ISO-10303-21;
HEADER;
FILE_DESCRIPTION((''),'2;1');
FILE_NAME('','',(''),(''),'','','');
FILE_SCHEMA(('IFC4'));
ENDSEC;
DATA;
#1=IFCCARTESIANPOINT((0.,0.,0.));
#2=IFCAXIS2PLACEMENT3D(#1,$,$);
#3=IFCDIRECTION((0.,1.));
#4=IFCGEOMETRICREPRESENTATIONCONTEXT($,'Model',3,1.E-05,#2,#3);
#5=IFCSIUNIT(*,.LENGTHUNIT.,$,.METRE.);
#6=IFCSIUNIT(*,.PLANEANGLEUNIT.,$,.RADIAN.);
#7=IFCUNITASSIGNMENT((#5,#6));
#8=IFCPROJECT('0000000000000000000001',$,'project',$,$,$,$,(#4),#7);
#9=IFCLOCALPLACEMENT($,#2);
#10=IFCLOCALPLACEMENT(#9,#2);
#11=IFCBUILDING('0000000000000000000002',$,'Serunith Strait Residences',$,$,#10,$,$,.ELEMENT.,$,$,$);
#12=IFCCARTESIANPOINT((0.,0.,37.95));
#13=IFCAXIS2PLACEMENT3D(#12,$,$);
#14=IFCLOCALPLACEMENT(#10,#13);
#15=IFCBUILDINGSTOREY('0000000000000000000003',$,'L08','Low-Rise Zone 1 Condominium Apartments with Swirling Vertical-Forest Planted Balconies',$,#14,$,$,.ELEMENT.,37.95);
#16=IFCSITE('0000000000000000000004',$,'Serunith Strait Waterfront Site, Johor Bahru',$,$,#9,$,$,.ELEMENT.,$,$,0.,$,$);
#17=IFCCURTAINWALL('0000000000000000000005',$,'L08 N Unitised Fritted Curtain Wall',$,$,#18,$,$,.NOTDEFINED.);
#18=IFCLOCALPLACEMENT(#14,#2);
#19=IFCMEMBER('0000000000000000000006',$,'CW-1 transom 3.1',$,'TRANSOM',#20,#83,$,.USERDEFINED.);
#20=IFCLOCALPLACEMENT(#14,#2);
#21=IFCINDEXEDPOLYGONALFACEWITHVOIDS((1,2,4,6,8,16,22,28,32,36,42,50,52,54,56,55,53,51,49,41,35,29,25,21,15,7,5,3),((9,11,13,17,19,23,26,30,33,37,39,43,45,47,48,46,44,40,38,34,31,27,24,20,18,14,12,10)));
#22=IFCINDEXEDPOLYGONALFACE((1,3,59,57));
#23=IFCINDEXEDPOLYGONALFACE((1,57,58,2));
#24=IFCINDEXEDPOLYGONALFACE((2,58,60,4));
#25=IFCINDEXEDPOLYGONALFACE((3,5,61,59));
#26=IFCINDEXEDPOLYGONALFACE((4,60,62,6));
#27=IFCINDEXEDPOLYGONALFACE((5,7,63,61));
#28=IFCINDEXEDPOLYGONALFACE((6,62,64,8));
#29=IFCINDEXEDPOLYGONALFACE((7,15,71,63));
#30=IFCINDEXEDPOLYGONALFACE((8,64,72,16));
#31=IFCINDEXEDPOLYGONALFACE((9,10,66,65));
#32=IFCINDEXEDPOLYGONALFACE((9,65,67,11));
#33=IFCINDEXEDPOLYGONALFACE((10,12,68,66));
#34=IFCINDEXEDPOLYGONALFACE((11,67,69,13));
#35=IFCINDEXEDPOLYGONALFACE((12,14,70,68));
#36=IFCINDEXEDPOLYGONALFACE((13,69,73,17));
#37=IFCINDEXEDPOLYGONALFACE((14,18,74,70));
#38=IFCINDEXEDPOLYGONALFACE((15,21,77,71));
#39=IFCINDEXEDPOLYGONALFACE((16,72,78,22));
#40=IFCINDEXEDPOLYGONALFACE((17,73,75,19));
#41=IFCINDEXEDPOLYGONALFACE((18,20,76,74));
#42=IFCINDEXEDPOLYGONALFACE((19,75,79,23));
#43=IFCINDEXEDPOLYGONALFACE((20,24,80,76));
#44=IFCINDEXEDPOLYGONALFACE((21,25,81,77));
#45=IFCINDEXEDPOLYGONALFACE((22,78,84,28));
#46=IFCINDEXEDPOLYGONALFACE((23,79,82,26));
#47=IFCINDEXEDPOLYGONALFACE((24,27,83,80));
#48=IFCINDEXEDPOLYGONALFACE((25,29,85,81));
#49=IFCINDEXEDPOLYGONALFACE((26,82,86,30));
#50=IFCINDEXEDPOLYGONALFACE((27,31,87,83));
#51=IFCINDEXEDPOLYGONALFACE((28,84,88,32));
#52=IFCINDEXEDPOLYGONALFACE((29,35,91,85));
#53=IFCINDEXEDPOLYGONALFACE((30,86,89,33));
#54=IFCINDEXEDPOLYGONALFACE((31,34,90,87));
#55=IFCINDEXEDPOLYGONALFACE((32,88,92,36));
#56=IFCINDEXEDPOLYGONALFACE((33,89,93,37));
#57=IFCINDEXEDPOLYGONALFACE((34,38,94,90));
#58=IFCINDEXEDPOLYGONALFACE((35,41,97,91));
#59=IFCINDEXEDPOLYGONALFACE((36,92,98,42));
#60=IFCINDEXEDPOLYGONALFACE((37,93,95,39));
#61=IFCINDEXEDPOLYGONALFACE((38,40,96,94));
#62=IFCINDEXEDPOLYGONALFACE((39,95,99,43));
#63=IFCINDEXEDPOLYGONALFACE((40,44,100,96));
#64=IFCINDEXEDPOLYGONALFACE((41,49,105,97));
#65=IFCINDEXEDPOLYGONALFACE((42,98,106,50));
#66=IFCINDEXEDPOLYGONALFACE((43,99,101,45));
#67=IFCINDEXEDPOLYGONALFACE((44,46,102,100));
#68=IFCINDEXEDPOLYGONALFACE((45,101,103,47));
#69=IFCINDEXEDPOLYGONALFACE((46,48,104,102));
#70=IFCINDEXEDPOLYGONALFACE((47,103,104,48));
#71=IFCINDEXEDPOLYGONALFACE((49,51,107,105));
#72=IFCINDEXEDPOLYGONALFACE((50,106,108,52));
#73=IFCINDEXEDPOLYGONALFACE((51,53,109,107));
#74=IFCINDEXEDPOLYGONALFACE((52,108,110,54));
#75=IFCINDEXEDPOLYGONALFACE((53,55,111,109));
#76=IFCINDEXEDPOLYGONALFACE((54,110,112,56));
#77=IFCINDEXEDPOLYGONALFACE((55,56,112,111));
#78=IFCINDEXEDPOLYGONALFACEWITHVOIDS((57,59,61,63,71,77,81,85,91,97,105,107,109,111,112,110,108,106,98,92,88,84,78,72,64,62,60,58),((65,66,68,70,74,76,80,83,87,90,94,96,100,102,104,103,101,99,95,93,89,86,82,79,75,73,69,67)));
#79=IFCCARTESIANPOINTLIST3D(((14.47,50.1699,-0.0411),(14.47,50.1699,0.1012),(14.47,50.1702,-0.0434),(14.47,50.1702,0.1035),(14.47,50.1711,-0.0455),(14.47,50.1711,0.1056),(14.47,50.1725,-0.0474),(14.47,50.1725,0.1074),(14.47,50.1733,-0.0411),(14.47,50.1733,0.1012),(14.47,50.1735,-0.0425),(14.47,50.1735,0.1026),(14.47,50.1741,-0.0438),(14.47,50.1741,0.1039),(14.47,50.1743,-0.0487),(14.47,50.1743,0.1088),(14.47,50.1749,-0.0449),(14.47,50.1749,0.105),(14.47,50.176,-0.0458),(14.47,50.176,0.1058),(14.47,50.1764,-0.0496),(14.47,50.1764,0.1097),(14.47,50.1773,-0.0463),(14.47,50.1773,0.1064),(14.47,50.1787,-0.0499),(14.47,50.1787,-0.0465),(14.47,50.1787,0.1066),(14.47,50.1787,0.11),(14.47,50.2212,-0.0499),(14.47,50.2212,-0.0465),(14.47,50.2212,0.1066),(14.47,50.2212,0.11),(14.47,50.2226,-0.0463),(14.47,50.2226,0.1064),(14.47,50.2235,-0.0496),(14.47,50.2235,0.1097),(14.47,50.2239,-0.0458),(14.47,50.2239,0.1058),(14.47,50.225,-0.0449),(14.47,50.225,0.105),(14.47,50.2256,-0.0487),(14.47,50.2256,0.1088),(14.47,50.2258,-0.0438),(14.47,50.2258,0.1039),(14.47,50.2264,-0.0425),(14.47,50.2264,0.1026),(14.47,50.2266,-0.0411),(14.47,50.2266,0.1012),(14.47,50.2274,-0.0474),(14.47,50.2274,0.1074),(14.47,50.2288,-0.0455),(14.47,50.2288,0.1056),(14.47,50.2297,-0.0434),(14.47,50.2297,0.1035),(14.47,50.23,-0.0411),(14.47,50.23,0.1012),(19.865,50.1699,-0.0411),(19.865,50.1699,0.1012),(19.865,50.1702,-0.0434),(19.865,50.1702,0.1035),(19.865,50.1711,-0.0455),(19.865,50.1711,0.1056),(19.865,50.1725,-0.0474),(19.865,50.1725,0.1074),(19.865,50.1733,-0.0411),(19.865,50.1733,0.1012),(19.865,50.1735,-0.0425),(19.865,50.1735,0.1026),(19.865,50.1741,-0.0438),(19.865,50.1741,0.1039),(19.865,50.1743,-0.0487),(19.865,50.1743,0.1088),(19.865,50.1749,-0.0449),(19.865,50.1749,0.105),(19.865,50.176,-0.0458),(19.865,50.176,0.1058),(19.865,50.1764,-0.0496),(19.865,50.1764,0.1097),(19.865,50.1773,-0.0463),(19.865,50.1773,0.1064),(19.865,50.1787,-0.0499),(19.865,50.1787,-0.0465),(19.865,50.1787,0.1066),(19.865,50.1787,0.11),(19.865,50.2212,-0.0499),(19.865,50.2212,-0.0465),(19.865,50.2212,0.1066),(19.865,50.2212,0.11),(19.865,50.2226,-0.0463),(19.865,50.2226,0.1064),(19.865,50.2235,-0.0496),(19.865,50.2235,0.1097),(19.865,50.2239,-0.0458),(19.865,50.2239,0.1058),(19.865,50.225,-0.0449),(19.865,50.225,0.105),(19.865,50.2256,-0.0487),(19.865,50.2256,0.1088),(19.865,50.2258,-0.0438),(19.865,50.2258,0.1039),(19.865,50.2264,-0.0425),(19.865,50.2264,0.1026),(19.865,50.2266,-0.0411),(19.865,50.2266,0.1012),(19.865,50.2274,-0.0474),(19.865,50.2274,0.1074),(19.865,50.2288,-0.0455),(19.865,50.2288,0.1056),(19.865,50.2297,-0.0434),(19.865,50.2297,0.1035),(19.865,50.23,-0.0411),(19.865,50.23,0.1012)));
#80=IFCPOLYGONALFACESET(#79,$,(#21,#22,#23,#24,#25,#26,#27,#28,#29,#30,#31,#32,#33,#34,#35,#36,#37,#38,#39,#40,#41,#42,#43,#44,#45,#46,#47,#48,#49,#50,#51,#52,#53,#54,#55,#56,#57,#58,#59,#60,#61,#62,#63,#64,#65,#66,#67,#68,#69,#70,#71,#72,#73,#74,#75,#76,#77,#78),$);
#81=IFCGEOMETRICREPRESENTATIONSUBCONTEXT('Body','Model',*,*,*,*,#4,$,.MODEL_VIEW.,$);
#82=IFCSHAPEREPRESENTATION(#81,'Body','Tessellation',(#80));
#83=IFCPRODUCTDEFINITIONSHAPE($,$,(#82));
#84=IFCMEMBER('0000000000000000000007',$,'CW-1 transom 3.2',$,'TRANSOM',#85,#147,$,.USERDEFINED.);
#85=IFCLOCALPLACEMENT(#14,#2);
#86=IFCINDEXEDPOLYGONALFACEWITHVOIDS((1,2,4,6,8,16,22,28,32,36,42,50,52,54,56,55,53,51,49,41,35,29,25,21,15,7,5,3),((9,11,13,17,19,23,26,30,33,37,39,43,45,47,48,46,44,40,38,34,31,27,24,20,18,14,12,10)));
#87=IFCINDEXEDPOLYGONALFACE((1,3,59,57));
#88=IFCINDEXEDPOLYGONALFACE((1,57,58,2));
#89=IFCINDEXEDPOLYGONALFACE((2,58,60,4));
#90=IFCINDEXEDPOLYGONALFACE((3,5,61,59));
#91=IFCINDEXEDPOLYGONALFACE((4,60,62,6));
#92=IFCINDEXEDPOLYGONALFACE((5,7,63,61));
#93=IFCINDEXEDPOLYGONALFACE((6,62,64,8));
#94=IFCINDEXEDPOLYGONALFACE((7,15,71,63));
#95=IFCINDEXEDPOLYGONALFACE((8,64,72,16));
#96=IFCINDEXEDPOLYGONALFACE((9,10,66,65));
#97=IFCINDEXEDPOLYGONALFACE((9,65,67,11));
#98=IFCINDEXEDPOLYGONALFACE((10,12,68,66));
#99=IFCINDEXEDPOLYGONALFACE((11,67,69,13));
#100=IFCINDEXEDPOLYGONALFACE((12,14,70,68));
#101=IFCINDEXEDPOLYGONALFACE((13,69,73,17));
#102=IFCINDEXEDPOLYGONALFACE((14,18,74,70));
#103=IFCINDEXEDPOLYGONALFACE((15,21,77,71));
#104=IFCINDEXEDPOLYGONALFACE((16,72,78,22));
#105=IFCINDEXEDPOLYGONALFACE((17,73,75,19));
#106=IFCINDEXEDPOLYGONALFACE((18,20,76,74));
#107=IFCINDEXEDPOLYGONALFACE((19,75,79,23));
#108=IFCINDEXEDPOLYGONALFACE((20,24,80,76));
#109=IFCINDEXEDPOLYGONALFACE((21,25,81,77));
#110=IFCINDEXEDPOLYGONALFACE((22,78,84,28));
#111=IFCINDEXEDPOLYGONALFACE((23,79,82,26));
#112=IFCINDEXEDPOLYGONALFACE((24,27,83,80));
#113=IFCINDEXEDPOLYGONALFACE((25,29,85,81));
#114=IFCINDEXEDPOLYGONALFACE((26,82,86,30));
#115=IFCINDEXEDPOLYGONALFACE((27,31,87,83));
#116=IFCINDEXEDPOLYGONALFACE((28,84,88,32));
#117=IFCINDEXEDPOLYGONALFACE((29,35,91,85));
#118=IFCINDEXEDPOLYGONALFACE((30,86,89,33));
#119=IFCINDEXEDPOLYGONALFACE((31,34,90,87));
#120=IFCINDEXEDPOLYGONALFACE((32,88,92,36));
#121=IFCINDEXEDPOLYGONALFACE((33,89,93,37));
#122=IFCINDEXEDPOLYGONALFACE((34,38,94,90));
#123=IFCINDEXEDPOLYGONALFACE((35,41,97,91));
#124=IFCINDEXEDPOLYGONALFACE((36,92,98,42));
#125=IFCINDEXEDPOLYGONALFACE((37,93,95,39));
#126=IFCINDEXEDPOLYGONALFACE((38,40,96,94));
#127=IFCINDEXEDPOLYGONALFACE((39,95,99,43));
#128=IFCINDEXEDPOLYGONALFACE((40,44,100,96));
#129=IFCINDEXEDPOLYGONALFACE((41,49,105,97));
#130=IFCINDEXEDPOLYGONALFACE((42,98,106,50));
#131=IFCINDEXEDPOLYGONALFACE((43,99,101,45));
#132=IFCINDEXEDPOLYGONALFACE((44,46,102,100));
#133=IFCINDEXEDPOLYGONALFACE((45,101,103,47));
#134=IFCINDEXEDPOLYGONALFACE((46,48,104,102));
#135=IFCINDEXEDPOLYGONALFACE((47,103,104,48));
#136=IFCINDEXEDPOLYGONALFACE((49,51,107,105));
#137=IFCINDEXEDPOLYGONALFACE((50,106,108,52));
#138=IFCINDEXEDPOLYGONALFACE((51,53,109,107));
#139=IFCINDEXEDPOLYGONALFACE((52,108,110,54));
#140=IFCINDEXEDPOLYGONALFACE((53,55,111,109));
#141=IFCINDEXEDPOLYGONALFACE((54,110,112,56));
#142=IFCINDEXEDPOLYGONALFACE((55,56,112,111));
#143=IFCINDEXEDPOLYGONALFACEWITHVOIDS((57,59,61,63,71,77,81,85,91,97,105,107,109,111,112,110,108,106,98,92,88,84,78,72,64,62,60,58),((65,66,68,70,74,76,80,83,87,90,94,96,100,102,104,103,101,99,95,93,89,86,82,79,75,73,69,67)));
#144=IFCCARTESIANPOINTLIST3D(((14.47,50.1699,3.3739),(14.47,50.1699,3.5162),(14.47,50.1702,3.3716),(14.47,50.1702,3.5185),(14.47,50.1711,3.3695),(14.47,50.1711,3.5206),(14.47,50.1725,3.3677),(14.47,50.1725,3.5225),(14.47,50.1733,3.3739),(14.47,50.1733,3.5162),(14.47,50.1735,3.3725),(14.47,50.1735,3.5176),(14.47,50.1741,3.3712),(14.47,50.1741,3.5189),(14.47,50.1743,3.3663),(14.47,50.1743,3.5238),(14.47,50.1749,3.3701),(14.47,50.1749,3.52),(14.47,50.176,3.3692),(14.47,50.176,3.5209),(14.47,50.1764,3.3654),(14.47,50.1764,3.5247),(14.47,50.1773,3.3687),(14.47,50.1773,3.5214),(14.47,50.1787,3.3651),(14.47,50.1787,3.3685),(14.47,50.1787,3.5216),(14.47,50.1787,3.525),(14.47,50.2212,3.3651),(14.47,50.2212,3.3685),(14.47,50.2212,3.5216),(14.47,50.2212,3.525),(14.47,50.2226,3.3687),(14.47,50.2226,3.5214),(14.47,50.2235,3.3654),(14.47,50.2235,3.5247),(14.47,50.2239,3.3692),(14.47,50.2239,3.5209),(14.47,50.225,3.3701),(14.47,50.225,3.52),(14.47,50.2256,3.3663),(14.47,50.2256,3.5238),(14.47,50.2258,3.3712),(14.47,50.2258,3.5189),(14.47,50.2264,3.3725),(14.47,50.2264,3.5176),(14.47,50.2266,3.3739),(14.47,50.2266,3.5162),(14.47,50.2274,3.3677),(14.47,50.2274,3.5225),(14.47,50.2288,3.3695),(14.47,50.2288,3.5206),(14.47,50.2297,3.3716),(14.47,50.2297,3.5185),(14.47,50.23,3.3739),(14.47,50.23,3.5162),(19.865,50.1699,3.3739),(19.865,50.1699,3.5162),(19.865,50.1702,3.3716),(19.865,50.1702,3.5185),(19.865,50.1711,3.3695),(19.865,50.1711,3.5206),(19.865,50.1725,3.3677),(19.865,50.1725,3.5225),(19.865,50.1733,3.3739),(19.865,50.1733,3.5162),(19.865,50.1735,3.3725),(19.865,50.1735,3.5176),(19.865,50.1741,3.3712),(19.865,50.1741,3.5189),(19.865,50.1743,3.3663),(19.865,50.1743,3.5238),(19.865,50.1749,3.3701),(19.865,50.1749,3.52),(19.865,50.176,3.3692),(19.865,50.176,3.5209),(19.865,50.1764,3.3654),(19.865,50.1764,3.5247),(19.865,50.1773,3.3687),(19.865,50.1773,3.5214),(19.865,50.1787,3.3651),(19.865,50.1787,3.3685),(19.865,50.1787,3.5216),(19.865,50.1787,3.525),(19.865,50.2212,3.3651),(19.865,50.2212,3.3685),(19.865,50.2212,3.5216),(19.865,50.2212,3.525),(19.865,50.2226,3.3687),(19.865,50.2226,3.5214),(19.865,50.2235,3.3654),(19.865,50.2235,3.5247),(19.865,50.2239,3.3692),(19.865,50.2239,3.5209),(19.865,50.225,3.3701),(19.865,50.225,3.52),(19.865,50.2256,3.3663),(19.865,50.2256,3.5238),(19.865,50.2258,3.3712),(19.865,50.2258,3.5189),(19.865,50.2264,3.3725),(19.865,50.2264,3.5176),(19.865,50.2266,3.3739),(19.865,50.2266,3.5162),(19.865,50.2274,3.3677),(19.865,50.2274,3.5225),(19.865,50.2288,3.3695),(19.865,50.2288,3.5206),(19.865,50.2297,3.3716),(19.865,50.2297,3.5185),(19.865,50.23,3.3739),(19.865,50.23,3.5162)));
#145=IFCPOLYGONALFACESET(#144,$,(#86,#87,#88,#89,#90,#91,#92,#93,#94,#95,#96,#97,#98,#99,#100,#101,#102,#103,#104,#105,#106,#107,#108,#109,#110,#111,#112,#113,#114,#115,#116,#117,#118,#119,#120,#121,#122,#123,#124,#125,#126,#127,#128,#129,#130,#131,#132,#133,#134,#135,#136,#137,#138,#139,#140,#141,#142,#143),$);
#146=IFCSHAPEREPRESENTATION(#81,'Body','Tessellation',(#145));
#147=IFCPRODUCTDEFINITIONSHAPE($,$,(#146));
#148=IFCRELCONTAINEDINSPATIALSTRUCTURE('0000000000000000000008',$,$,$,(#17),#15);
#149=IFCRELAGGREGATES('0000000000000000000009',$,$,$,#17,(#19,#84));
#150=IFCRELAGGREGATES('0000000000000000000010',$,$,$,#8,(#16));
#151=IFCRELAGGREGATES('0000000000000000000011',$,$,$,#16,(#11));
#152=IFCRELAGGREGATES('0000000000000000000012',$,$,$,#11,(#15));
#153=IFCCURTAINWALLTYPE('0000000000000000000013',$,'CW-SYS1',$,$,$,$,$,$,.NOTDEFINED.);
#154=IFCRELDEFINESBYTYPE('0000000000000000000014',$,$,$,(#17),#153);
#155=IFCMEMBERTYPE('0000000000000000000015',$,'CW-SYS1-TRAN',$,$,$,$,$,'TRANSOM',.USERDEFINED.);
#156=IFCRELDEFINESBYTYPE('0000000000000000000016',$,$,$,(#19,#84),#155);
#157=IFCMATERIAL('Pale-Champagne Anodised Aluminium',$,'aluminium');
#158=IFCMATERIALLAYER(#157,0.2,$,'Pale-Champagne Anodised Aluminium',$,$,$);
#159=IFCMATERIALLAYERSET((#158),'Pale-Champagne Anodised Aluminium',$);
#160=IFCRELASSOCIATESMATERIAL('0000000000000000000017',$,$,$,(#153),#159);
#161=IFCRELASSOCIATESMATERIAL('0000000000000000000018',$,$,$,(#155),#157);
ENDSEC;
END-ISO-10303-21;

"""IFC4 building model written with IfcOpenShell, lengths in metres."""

from ifc_helpers import new_model, si_unit, direction, frame, origin, origin_2d, place, context, subcontext, project, spatial, hollow_rectangle, extrude, source, transform, mapped, material, layer, layer_set, material_profile, profile_set, type_object, element, aggregate, save


model = new_model("IFC4")

# Units and contexts
model_context = context("Model", 3, precision=1e-05, world=origin(), true_north=direction((0.0, 1.0)))
body_context = subcontext(model_context, "Body", "Model", "MODEL_VIEW")
ifc_project = project(units=[si_unit("LENGTHUNIT", "METRE"), si_unit("PLANEANGLEUNIT", "RADIAN")], contexts=[model_context])

# Site, building, storey
site_placement = place(None, origin())
site = spatial("IfcSite", under=ifc_project, at=site_placement, Name="Serunith Strait Waterfront Site, Johor Bahru", CompositionType="ELEMENT", RefElevation=0.0)
building_placement = place(site_placement, origin())
building = spatial("IfcBuilding", under=site, at=building_placement, Name="Serunith Strait Residences", CompositionType="ELEMENT")
storey_placement = place(building_placement, frame((0.0, 0.0, 37.95)))
storey = spatial("IfcBuildingStorey", under=building, at=storey_placement, Name="L08", Description="Low-Rise Zone 1 Condominium Apartments with Swirling Vertical-Forest Planted Balconies", CompositionType="ELEMENT", Elevation=37.95)

# Curtain wall, members
ifc_material_1 = material(Name="Pale-Champagne Anodised Aluminium", Category="aluminium")
ifc_layer_1 = layer(ifc_material_1, 0.2, Name="Pale-Champagne Anodised Aluminium")
ifc_layer_set_1 = layer_set([ifc_layer_1], Name="Pale-Champagne Anodised Aluminium")
curtain_wall_type = type_object("IfcCurtainWallType", Name="CW-SYS1", PredefinedType="NOTDEFINED", material=ifc_layer_set_1)
curtain_wall_placement = place(storey_placement, origin())
curtain_wall = element("IfcCurtainWall", 1, at=curtain_wall_placement, inside=storey, type_object=curtain_wall_type, Name="L08 N Unitised Fritted Curtain Wall", PredefinedType="NOTDEFINED")
ifc_material_profile_1 = material_profile(ifc_material_1, hollow_rectangle(XDim=0.0601, YDim=0.1599, WallThickness=0.0034, InnerFilletRadius=0.0054, OuterFilletRadius=0.0088, at=origin_2d()), Name="ALU 160x60x3.5")
ifc_profile_set_1 = profile_set([ifc_material_profile_1], Name="Pale-Champagne Anodised Aluminium")
member_type_1 = type_object("IfcMemberType", Name="CW-SYS1-TRAN", ElementType="TRANSOM", PredefinedType="USERDEFINED", material=ifc_profile_set_1)
shared_shape_1 = source(origin(), body_context, "Body", "SweptSolid", [
    extrude(hollow_rectangle(XDim=0.0601, YDim=0.1599, WallThickness=0.0034, InnerFilletRadius=0.0054, OuterFilletRadius=0.0088, at=origin_2d()), origin(), (0.0, 0.0, 1.0), 5.395),
])
member_1_placement = place(storey_placement, frame((19.865, 50.2, 0.03), z_axis=(-1.0, 0.0, 0.0), x_axis=(0.0, -1.0, 0.0)))
member_1 = element("IfcMember", 2, at=member_1_placement, type_object=member_type_1, Name="CW-1 transom 3.1", ObjectType="TRANSOM", PredefinedType="USERDEFINED", context=body_context, shape_type="MappedRepresentation", body=[
    mapped(shared_shape_1, transform((0.0, 0.0, 0.0), scale=1.0)),
])
member_2_placement = place(storey_placement, frame((19.865, 50.2, 3.4451), z_axis=(-1.0, 0.0, 0.0), x_axis=(0.0, -1.0, 0.0)))
member_2 = element("IfcMember", 3, at=member_2_placement, type_object=member_type_1, Name="CW-1 transom 3.2", ObjectType="TRANSOM", PredefinedType="USERDEFINED", context=body_context, shape_type="MappedRepresentation", body=[
    mapped(shared_shape_1, transform((0.0, 0.0, 0.0), scale=1.0)),
])
aggregate(curtain_wall, [member_1, member_2])

save(model, "model.ifc")
